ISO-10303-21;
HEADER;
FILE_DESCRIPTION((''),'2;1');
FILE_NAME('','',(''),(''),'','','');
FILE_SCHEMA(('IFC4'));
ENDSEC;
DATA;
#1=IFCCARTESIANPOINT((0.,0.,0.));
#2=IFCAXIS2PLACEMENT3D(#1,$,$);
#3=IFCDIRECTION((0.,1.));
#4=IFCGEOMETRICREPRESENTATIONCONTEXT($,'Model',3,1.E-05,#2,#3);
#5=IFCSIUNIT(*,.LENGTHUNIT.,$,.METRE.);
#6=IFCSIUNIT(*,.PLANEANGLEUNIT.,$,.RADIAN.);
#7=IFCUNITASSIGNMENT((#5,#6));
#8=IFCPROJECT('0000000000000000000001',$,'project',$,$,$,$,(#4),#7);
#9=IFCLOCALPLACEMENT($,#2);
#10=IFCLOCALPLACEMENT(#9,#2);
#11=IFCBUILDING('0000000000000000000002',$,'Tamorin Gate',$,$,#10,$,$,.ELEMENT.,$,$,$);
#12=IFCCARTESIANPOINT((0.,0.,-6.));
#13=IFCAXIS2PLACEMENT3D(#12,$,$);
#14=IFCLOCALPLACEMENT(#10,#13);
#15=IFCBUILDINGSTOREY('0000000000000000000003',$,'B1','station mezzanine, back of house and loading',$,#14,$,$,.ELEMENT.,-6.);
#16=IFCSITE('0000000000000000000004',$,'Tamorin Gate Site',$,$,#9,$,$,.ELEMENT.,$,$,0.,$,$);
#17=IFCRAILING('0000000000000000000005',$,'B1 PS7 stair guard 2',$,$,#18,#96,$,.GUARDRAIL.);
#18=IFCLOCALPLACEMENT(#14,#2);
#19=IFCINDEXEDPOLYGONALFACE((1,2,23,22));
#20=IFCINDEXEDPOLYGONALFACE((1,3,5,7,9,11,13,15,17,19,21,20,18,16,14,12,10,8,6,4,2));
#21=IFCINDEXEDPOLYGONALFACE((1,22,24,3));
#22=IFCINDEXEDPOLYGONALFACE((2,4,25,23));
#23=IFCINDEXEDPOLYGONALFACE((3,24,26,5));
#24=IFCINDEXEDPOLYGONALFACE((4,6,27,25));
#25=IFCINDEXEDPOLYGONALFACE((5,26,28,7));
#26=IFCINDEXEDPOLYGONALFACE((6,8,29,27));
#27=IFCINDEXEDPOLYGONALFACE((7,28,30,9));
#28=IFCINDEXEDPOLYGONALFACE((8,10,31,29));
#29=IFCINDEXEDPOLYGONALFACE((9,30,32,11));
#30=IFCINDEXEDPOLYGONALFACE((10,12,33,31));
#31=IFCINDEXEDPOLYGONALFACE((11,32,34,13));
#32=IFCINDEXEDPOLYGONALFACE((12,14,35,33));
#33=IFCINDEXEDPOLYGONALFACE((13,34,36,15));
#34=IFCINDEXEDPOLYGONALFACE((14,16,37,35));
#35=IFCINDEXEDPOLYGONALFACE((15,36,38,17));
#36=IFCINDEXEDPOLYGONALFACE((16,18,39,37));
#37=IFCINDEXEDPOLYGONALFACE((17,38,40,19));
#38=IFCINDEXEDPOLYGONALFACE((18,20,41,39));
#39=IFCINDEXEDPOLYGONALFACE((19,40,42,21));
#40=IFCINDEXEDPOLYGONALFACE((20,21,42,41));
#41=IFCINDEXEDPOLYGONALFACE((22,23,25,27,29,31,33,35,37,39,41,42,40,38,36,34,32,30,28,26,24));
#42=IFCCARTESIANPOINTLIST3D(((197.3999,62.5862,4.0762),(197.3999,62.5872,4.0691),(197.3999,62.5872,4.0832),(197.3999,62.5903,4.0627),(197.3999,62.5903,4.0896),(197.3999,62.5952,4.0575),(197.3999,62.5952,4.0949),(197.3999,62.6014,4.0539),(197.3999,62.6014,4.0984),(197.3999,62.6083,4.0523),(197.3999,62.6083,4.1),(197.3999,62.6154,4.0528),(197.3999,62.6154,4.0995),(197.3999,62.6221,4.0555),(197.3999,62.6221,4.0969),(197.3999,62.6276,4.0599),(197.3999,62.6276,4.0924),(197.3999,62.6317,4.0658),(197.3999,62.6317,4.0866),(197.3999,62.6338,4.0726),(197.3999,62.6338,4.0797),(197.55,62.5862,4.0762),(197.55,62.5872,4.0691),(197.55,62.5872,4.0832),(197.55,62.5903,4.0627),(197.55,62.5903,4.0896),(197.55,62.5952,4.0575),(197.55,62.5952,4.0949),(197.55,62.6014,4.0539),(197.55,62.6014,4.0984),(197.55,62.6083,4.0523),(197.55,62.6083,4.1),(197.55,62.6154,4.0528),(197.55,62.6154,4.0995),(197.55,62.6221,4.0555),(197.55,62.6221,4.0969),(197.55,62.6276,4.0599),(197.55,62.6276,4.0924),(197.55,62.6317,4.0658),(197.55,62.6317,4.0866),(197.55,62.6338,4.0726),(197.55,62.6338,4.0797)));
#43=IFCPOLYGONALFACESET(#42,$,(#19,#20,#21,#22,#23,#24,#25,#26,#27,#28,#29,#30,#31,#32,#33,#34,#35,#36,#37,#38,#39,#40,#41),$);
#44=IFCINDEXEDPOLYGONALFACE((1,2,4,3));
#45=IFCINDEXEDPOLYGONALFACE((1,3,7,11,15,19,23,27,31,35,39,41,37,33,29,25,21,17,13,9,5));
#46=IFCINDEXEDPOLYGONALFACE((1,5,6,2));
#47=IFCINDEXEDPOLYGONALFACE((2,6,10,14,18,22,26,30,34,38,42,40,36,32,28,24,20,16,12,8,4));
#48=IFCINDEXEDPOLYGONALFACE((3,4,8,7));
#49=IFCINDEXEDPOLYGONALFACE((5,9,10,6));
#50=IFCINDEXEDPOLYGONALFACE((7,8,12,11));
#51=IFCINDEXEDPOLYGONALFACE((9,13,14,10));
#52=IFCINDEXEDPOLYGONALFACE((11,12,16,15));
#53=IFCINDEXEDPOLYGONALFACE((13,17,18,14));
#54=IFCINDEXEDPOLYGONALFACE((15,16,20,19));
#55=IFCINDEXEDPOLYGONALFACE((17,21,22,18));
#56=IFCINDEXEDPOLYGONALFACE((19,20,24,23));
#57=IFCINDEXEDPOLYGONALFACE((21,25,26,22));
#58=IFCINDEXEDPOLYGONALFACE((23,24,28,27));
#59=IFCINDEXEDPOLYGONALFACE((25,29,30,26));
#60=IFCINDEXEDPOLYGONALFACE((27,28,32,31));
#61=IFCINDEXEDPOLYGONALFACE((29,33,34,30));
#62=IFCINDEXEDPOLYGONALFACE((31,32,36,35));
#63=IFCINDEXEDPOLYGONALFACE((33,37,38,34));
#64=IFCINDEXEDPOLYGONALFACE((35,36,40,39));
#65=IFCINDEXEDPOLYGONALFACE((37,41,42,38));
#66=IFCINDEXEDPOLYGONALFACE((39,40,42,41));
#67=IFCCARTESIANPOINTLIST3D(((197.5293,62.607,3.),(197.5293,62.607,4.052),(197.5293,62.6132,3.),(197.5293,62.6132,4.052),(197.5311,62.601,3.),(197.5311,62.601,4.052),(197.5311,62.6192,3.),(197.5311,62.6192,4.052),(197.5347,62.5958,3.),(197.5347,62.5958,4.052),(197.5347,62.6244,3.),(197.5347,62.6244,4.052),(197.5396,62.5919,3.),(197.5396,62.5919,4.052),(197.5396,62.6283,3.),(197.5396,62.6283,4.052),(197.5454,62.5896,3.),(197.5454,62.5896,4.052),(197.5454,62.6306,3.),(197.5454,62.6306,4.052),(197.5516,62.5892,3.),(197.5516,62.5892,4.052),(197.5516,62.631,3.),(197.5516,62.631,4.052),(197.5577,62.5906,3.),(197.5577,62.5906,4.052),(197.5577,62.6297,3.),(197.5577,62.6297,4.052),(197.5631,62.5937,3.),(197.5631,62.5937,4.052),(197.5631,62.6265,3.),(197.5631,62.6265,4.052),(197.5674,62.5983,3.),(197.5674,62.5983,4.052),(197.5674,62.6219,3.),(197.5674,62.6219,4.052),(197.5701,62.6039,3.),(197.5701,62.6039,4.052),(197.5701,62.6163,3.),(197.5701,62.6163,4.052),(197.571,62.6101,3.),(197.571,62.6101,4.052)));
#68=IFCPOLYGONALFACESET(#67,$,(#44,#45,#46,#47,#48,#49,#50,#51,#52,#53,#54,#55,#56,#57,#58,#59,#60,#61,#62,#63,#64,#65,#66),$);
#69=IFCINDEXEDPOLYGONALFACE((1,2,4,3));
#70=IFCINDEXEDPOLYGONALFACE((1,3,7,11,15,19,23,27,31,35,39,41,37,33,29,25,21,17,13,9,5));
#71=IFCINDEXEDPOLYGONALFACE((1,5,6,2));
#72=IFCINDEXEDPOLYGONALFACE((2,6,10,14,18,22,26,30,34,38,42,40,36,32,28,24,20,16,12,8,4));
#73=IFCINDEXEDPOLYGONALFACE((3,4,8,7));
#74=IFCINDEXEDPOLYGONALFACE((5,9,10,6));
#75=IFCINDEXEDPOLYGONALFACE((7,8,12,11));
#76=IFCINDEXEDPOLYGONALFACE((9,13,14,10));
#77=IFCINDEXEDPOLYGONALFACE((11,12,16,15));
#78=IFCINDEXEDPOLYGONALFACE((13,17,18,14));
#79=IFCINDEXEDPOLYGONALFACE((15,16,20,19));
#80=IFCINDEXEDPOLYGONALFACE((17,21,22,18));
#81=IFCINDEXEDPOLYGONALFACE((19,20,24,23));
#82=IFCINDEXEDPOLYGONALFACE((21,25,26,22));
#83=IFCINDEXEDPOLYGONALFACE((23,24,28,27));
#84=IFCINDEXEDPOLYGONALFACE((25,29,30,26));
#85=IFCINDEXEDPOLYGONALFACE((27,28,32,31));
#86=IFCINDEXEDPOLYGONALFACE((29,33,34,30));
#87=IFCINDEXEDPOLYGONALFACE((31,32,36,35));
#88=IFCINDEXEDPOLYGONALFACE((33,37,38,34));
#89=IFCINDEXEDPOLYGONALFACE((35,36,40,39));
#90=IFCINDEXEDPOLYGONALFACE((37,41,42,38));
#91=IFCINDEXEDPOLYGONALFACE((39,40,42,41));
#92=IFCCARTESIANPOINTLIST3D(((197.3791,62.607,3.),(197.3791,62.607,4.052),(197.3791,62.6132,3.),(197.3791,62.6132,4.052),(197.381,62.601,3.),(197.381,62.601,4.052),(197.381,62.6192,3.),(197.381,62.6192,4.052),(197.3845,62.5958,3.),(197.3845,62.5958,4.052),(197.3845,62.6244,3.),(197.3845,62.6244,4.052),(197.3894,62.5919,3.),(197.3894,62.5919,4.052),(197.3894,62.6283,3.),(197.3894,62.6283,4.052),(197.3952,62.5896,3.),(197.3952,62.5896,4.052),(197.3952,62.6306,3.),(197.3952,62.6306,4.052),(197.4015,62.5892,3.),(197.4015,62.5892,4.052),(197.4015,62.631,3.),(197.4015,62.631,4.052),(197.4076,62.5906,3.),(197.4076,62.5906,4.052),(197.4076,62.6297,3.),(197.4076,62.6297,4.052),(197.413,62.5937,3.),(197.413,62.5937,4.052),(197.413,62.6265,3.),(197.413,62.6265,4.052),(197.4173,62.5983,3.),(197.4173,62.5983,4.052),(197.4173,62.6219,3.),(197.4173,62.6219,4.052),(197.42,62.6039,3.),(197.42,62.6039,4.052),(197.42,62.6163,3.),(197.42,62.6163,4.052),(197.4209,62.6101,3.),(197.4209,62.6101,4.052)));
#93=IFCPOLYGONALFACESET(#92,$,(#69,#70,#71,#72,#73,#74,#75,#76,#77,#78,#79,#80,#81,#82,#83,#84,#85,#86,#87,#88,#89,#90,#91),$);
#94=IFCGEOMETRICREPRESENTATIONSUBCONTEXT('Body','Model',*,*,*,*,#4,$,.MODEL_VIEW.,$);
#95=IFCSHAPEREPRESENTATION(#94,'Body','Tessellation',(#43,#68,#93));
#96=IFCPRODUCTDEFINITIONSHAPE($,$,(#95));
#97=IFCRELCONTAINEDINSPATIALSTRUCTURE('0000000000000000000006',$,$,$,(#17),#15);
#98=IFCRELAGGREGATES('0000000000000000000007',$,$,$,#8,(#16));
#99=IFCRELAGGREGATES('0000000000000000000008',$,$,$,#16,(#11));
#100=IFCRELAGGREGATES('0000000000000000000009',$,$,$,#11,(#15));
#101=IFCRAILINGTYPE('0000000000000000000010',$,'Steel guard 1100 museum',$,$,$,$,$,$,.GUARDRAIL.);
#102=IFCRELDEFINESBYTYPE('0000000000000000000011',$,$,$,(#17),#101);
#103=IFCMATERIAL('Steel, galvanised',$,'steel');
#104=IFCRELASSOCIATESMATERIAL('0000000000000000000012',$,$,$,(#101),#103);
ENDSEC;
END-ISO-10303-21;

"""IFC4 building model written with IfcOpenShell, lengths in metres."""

from ifc_helpers import new_model, si_unit, direction, frame, origin, origin_2d, place, context, subcontext, project, spatial, circle, extrude, material, type_object, element, save


model = new_model("IFC4")

# Units and contexts
model_context = context("Model", 3, precision=1e-05, world=origin(), true_north=direction((0.0, 1.0)))
body_context = subcontext(model_context, "Body", "Model", "MODEL_VIEW")
ifc_project = project(units=[si_unit("LENGTHUNIT", "METRE"), si_unit("PLANEANGLEUNIT", "RADIAN")], contexts=[model_context])

# Site, building, storey
site_placement = place(None, origin())
site = spatial("IfcSite", under=ifc_project, at=site_placement, Name="Tamorin Gate Site", CompositionType="ELEMENT", RefElevation=0.0)
building_placement = place(site_placement, origin())
building = spatial("IfcBuilding", under=site, at=building_placement, Name="Tamorin Gate", CompositionType="ELEMENT")
storey_placement = place(building_placement, frame((0.0, 0.0, -6.0)))
storey = spatial("IfcBuildingStorey", under=building, at=storey_placement, Name="B1", Description="station mezzanine, back of house and loading", CompositionType="ELEMENT", Elevation=-6.0)

# Railing
ifc_material_1 = material(Name="Steel, galvanised", Category="steel")
railing_type_1 = type_object("IfcRailingType", Name="Steel guard 1100 museum", PredefinedType="GUARDRAIL", material=ifc_material_1)
railing_1_placement = place(storey_placement, frame((197.55, 62.6101, 3.0)))
element("IfcRailing", 1, at=railing_1_placement, inside=storey, type_object=railing_type_1, Name="B1 PS7 stair guard 2", PredefinedType="GUARDRAIL", context=body_context, shape_type="SweptSolid", body=[
    extrude(circle(Radius=0.0239, at=origin_2d()), frame((0.0, 0.0, 1.0762), z_axis=(-1.0, 0.0, 0.0), x_axis=(0.0, -1.0, 0.0)), (0.0, 0.0, 1.0), 0.1501),
    extrude(circle(Radius=0.021, at=origin_2d()), origin(), (0.0, 0.0, 1.0), 1.052),
    extrude(circle(Radius=0.021, at=origin_2d()), frame((-0.1501, 0.0, 0.0)), (0.0, 0.0, 1.0), 1.052),
])

save(model, "model.ifc")
